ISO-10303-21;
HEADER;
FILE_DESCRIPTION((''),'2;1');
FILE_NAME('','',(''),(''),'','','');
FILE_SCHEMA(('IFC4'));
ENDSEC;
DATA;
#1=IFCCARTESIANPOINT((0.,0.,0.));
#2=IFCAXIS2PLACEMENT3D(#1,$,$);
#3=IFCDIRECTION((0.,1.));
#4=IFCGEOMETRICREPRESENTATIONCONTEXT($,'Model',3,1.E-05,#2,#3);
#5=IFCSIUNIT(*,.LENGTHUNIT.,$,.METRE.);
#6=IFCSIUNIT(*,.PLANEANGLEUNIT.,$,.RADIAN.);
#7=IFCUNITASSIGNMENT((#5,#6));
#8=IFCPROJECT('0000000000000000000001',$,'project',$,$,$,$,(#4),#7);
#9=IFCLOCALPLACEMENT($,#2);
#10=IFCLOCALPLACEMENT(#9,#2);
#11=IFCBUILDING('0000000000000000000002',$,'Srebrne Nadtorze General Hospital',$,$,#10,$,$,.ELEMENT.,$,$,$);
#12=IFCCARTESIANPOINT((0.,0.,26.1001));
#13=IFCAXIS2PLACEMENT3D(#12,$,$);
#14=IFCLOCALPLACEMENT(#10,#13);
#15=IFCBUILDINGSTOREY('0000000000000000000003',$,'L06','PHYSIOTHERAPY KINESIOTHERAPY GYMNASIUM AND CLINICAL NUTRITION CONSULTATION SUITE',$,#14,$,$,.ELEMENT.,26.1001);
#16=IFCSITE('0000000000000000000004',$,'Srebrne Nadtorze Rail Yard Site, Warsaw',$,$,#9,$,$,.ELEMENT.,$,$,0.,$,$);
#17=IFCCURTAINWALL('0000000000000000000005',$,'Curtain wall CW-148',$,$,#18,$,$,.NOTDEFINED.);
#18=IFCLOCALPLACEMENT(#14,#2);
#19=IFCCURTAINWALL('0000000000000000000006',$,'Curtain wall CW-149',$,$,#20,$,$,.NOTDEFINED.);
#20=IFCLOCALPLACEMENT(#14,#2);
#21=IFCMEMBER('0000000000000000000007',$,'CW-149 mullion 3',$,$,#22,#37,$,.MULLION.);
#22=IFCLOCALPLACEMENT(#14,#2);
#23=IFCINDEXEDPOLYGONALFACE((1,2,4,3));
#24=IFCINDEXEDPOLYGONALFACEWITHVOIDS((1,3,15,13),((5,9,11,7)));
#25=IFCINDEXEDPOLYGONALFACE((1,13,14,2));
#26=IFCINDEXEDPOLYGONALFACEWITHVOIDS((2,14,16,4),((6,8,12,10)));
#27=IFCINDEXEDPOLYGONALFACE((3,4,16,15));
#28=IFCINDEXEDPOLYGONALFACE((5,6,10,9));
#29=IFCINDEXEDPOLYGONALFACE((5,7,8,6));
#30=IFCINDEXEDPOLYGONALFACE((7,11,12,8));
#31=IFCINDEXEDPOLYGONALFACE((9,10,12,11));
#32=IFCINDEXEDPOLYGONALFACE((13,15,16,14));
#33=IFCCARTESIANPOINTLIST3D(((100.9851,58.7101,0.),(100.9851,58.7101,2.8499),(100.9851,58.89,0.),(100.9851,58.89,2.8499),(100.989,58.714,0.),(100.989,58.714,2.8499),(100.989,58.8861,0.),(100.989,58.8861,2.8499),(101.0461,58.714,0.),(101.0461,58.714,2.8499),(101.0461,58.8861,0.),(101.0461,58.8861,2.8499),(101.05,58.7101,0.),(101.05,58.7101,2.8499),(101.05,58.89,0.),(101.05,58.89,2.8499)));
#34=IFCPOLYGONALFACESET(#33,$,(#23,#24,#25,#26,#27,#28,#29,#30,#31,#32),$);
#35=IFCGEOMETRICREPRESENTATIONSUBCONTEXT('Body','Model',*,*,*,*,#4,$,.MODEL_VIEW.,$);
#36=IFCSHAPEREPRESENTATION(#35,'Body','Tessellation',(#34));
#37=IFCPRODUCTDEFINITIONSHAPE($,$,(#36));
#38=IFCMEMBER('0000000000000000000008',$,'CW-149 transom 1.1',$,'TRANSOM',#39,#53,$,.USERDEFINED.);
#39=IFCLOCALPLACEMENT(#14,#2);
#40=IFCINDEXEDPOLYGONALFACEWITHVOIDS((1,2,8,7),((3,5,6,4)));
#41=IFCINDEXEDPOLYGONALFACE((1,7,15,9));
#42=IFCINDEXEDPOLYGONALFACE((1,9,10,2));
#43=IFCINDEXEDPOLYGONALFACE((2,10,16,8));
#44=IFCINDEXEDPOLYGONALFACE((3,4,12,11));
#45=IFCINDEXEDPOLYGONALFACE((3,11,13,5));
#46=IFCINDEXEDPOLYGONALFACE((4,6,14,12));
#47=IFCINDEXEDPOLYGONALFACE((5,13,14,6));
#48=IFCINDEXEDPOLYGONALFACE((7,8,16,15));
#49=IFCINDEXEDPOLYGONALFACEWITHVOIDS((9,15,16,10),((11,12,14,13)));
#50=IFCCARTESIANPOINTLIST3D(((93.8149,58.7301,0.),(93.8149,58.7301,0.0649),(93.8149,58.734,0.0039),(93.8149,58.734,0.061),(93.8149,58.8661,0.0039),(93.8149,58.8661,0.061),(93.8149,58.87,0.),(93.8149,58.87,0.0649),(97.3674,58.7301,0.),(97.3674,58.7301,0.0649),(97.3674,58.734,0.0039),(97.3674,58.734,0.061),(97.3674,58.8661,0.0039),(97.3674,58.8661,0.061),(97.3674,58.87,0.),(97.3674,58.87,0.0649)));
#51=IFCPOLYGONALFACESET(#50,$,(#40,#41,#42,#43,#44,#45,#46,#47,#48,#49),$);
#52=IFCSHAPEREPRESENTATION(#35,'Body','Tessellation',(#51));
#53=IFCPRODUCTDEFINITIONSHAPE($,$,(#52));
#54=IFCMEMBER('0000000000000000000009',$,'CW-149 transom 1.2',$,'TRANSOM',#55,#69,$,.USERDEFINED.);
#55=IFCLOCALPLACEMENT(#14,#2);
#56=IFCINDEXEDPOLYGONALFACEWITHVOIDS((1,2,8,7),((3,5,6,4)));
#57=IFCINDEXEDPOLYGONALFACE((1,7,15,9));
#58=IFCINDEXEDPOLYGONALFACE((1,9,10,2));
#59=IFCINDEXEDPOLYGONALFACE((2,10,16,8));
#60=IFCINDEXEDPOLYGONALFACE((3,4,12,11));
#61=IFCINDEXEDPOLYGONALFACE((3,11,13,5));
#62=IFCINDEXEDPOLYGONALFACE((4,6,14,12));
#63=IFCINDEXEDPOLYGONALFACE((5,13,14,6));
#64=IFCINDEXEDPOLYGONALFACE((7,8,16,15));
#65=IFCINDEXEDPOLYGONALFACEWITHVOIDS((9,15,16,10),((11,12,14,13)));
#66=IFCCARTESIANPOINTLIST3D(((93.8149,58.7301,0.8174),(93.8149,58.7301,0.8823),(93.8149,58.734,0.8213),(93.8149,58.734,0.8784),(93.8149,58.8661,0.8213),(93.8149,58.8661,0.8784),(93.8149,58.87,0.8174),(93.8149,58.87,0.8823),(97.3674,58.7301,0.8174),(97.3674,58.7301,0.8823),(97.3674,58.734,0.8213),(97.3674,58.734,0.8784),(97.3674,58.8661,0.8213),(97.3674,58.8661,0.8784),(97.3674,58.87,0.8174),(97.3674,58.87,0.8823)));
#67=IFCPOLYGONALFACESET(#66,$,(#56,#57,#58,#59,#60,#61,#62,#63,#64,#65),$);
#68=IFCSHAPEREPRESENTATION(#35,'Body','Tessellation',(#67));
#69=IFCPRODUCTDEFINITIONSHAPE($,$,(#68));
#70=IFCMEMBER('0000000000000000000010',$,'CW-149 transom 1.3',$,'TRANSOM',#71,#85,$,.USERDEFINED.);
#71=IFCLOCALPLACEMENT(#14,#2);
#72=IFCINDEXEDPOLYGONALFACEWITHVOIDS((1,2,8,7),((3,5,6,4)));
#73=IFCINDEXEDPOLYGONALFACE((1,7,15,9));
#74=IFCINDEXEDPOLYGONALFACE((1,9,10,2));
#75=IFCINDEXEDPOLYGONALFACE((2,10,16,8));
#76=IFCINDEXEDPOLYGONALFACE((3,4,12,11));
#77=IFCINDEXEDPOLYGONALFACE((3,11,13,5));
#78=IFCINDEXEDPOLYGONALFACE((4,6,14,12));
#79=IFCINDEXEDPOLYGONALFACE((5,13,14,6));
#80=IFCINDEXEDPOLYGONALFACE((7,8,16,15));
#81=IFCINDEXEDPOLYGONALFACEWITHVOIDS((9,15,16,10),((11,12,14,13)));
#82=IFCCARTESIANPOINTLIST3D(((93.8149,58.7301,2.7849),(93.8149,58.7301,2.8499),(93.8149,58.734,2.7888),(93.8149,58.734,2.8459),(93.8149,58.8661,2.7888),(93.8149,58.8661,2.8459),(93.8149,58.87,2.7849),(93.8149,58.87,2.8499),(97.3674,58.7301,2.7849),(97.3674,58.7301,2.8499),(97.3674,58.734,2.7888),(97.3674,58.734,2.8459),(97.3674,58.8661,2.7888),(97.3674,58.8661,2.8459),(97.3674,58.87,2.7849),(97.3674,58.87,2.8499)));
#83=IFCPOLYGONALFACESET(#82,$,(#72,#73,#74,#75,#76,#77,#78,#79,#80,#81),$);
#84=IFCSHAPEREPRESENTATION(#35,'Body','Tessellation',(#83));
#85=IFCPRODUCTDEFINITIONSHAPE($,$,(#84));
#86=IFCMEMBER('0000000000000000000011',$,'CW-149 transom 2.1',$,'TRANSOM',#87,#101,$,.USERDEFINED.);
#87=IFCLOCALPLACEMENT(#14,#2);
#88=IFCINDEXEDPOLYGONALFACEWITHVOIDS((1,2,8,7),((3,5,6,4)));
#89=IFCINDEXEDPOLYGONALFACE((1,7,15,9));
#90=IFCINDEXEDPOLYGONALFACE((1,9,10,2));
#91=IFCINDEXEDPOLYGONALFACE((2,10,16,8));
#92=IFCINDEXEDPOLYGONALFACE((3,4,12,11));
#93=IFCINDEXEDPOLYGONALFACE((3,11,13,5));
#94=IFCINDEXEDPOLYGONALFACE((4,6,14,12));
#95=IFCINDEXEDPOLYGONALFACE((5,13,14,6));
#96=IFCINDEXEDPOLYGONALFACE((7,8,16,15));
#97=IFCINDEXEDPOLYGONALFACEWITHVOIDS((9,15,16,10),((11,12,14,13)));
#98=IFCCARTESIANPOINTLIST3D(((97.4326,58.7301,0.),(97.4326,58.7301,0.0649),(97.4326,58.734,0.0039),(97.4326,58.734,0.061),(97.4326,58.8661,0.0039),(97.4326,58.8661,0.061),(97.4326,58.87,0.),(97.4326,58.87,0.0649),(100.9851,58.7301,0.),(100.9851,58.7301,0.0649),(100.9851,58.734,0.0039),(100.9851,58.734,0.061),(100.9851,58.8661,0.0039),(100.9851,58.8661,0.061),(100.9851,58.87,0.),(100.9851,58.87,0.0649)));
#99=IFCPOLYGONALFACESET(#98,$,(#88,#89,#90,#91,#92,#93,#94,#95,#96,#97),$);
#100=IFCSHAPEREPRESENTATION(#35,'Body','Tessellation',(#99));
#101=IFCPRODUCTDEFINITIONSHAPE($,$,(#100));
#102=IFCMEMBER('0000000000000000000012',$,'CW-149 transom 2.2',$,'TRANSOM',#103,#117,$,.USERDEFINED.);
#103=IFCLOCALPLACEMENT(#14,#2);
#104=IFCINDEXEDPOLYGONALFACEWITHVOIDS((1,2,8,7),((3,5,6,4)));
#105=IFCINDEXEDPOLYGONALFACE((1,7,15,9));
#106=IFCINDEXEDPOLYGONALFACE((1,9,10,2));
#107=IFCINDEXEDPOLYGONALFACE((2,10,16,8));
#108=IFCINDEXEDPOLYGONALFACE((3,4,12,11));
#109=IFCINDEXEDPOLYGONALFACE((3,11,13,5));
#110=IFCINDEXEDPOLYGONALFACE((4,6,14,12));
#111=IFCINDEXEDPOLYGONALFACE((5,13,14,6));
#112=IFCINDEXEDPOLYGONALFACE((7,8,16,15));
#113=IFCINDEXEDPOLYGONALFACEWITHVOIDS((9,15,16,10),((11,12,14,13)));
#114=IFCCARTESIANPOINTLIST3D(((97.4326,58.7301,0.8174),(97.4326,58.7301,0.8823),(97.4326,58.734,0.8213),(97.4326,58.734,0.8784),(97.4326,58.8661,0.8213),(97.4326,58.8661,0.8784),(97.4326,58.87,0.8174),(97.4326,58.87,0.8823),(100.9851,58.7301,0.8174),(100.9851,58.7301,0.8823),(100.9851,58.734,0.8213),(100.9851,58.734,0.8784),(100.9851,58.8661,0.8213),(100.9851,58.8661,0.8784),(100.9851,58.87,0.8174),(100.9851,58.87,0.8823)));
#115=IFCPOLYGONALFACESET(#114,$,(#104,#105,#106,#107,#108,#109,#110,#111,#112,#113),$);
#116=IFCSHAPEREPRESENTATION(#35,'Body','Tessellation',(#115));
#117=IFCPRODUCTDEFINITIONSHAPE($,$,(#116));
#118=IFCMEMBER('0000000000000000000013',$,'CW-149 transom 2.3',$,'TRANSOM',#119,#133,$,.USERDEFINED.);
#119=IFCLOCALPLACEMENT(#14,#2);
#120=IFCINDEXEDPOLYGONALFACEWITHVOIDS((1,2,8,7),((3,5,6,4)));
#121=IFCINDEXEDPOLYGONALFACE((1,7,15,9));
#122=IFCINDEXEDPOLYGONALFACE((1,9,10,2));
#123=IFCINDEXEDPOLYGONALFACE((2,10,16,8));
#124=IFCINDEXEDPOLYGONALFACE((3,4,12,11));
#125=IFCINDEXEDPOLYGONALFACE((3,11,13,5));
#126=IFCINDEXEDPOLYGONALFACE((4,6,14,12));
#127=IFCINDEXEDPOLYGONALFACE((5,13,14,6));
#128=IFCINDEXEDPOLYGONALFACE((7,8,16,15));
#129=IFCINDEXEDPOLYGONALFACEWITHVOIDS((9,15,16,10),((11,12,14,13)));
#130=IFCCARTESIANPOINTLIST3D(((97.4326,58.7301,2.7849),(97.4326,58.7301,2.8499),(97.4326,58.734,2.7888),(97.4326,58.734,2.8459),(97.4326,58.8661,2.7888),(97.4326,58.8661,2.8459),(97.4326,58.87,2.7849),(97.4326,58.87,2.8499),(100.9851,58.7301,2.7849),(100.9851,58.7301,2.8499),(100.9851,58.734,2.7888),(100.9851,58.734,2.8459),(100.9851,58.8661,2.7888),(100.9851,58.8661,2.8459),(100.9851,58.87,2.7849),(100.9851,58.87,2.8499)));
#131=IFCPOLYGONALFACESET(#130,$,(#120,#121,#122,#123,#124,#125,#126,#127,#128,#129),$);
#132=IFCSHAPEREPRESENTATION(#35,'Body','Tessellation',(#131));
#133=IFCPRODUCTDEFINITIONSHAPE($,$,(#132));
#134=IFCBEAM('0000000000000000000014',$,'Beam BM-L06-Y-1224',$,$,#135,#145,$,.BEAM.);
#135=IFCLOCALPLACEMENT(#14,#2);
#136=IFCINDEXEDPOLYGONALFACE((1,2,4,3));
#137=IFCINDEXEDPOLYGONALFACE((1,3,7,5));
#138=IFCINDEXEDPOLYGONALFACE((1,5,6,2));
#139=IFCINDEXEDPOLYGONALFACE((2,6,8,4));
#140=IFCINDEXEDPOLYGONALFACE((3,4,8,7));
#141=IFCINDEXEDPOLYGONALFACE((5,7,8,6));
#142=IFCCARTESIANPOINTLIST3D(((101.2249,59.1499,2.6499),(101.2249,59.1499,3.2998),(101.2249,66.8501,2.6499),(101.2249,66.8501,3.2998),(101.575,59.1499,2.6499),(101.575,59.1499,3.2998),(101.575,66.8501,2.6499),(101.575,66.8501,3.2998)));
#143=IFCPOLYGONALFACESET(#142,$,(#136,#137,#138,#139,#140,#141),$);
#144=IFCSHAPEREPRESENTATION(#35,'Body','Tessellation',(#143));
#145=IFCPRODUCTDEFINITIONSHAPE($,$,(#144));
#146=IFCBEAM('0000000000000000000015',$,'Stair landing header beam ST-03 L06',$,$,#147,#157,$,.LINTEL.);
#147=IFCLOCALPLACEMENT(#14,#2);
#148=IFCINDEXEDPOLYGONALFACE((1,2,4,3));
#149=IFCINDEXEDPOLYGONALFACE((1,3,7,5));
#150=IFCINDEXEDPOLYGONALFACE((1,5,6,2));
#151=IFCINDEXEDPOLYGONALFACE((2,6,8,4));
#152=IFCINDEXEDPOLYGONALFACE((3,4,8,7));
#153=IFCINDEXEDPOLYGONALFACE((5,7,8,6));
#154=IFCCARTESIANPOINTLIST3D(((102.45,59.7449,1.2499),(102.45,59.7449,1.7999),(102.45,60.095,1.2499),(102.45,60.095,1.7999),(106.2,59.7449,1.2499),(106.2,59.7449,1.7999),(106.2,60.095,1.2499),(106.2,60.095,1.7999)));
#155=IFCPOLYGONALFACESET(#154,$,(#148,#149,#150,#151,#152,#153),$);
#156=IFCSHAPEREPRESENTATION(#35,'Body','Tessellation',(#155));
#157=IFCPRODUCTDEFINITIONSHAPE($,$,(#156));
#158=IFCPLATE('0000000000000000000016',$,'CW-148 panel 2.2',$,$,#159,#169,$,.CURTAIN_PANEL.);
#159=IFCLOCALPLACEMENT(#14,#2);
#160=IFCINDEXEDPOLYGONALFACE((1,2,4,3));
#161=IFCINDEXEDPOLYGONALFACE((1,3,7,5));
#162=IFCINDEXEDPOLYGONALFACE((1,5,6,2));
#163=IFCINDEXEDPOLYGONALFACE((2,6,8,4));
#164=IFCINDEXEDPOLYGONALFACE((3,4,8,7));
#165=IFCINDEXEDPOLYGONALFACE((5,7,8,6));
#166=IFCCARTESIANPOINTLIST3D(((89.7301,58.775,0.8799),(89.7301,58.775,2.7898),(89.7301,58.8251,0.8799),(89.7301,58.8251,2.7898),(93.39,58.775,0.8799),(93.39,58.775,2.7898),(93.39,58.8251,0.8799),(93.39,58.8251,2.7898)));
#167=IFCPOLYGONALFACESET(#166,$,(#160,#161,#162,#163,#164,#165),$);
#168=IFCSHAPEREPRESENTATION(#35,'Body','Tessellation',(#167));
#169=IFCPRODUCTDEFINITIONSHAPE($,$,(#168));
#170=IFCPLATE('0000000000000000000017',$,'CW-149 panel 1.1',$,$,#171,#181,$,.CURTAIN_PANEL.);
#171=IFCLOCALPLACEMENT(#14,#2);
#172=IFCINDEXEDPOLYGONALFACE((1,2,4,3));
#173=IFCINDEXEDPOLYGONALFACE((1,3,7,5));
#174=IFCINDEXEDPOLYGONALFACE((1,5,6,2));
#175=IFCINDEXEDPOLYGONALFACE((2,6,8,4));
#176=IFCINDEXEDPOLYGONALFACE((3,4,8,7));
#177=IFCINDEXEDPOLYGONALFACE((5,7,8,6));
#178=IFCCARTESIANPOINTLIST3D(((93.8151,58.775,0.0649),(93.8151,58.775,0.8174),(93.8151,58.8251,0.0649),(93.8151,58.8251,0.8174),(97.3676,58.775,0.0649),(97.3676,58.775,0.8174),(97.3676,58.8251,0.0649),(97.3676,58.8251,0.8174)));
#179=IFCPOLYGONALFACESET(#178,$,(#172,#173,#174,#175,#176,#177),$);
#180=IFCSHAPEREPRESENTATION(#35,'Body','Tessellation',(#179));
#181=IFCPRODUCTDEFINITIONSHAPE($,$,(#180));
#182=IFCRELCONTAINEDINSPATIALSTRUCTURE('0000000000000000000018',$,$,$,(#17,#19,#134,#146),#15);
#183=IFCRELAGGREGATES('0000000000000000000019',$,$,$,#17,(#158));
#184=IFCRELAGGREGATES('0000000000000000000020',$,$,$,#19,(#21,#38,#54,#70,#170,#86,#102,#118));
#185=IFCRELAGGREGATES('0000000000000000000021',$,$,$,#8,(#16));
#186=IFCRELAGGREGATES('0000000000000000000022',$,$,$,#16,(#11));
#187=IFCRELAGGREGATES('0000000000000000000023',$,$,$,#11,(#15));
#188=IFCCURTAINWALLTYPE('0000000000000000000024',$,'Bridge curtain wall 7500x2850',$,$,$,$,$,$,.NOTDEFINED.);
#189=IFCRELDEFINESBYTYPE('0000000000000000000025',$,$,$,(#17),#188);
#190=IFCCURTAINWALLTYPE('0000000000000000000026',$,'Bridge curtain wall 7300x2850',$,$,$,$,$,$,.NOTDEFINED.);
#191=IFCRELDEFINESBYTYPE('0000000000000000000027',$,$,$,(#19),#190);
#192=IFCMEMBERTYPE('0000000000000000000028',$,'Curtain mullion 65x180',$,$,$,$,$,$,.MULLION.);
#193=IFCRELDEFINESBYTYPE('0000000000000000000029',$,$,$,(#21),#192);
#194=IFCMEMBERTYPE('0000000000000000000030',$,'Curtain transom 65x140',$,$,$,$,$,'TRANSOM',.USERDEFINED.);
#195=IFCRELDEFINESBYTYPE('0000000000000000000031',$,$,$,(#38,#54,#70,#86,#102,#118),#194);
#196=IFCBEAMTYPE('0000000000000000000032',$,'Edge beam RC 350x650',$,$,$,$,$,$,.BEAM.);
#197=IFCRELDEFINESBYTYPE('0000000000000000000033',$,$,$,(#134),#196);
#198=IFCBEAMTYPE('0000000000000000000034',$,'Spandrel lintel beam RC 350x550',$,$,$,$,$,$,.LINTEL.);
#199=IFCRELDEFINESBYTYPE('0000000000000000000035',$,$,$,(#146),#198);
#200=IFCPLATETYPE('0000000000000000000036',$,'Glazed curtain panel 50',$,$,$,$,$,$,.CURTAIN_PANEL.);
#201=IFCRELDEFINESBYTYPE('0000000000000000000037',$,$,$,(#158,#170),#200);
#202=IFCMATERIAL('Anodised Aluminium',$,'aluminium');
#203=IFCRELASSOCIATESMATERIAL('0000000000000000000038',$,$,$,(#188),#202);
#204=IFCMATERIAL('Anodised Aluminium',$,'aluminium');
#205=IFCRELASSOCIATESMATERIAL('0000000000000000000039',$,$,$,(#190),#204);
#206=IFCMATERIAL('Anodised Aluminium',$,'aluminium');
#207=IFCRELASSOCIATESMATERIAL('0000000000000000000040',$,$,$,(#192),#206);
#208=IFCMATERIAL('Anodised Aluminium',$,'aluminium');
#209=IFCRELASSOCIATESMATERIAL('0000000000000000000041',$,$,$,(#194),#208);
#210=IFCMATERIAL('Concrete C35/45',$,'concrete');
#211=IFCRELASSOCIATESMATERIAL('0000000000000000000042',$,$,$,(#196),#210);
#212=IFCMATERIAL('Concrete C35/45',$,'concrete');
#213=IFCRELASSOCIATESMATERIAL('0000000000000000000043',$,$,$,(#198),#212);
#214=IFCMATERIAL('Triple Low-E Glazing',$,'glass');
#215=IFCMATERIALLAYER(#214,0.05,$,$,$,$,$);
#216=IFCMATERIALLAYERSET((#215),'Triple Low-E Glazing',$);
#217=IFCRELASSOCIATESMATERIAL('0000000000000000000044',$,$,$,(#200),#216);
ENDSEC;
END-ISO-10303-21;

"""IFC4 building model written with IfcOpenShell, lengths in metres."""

from ifc_helpers import new_model, si_unit, direction, frame, origin, origin_2d, place, context, subcontext, project, spatial, rectangle, hollow_rectangle, extrude, material, layer, layer_set, material_profile, profile_set, type_object, element, aggregate, save


model = new_model("IFC4")

# Units and contexts
model_context = context("Model", 3, precision=1e-05, world=origin(), true_north=direction((0.0, 1.0)))
body_context = subcontext(model_context, "Body", "Model", "MODEL_VIEW")
ifc_project = project(units=[si_unit("LENGTHUNIT", "METRE"), si_unit("PLANEANGLEUNIT", "RADIAN")], contexts=[model_context])

# Site, building, storey
site_placement = place(None, origin())
site = spatial("IfcSite", under=ifc_project, at=site_placement, Name="Srebrne Nadtorze Rail Yard Site, Warsaw", CompositionType="ELEMENT", RefElevation=0.0)
building_placement = place(site_placement, origin())
building = spatial("IfcBuilding", under=site, at=building_placement, Name="Srebrne Nadtorze General Hospital", CompositionType="ELEMENT")
storey_placement = place(building_placement, frame((0.0, 0.0, 26.1001)))
storey = spatial("IfcBuildingStorey", under=building, at=storey_placement, Name="L06", Description="PHYSIOTHERAPY KINESIOTHERAPY GYMNASIUM AND CLINICAL NUTRITION CONSULTATION SUITE", CompositionType="ELEMENT", Elevation=26.1001)

# Curtain wall
ifc_material_1 = material(Name="Anodised Aluminium", Category="aluminium")
curtain_wall_type_1 = type_object("IfcCurtainWallType", Name="Bridge curtain wall 7500x2850", PredefinedType="NOTDEFINED", material=ifc_material_1)
curtain_wall_1_placement = place(storey_placement, origin())
curtain_wall_1 = element("IfcCurtainWall", 1, at=curtain_wall_1_placement, inside=storey, type_object=curtain_wall_type_1, Name="Curtain wall CW-148", PredefinedType="NOTDEFINED")

# Curtain wall, members
ifc_material_2 = material(Name="Anodised Aluminium", Category="aluminium")
curtain_wall_type_2 = type_object("IfcCurtainWallType", Name="Bridge curtain wall 7300x2850", PredefinedType="NOTDEFINED", material=ifc_material_2)
curtain_wall_2_placement = place(storey_placement, origin())
curtain_wall_2 = element("IfcCurtainWall", 2, at=curtain_wall_2_placement, inside=storey, type_object=curtain_wall_type_2, Name="Curtain wall CW-149", PredefinedType="NOTDEFINED")
ifc_material_3 = material(Name="Anodised Aluminium", Category="aluminium")
ifc_material_profile_1 = material_profile(ifc_material_3, hollow_rectangle(XDim=0.0649, YDim=0.1799, WallThickness=0.0039, at=origin_2d()), Name="AL-MUL-65x180")
ifc_profile_set_1 = profile_set([ifc_material_profile_1], Name="Anodised Aluminium")
member_type_1 = type_object("IfcMemberType", Name="Curtain mullion 65x180", PredefinedType="MULLION", material=ifc_profile_set_1)
member_1_placement = place(storey_placement, frame((101.0176, 58.8, 0.0), z_axis=(0.0, 0.0, 1.0), x_axis=(1.0, 0.0, 0.0)))
member_1 = element("IfcMember", 3, at=member_1_placement, type_object=member_type_1, Name="CW-149 mullion 3", PredefinedType="MULLION", context=body_context, shape_type="SweptSolid", body=[
    extrude(hollow_rectangle(XDim=0.0649, YDim=0.1799, WallThickness=0.0039, at=origin_2d()), origin(), (0.0, 0.0, 1.0), 2.8499),
])
ifc_material_4 = material(Name="Anodised Aluminium", Category="aluminium")
ifc_material_profile_2 = material_profile(ifc_material_4, hollow_rectangle(XDim=0.0649, YDim=0.1399, WallThickness=0.0039, at=origin_2d()), Name="AL-TRN-65x140")
ifc_profile_set_2 = profile_set([ifc_material_profile_2], Name="Anodised Aluminium")
member_type_2 = type_object("IfcMemberType", Name="Curtain transom 65x140", ElementType="TRANSOM", PredefinedType="USERDEFINED", material=ifc_profile_set_2)
member_2_placement = place(storey_placement, frame((93.8149, 58.8, 0.0325), z_axis=(1.0, 0.0, 0.0), x_axis=(0.0, 0.0, 1.0)))
member_2 = element("IfcMember", 4, at=member_2_placement, type_object=member_type_2, Name="CW-149 transom 1.1", ObjectType="TRANSOM", PredefinedType="USERDEFINED", context=body_context, shape_type="SweptSolid", body=[
    extrude(hollow_rectangle(XDim=0.0649, YDim=0.1399, WallThickness=0.0039, at=origin_2d()), origin(), (0.0, 0.0, 1.0), 3.5525),
])
member_3_placement = place(storey_placement, frame((93.8149, 58.8, 0.8499), z_axis=(1.0, 0.0, 0.0), x_axis=(0.0, 0.0, 1.0)))
member_3 = element("IfcMember", 5, at=member_3_placement, type_object=member_type_2, Name="CW-149 transom 1.2", ObjectType="TRANSOM", PredefinedType="USERDEFINED", context=body_context, shape_type="SweptSolid", body=[
    extrude(hollow_rectangle(XDim=0.0649, YDim=0.1399, WallThickness=0.0039, at=origin_2d()), origin(), (0.0, 0.0, 1.0), 3.5525),
])
member_4_placement = place(storey_placement, frame((93.8149, 58.8, 2.8174), z_axis=(1.0, 0.0, 0.0), x_axis=(0.0, 0.0, 1.0)))
member_4 = element("IfcMember", 6, at=member_4_placement, type_object=member_type_2, Name="CW-149 transom 1.3", ObjectType="TRANSOM", PredefinedType="USERDEFINED", context=body_context, shape_type="SweptSolid", body=[
    extrude(hollow_rectangle(XDim=0.0649, YDim=0.1399, WallThickness=0.0039, at=origin_2d()), origin(), (0.0, 0.0, 1.0), 3.5525),
])
member_5_placement = place(storey_placement, frame((97.4326, 58.8, 0.0325), z_axis=(1.0, 0.0, 0.0), x_axis=(0.0, 0.0, 1.0)))
member_5 = element("IfcMember", 7, at=member_5_placement, type_object=member_type_2, Name="CW-149 transom 2.1", ObjectType="TRANSOM", PredefinedType="USERDEFINED", context=body_context, shape_type="SweptSolid", body=[
    extrude(hollow_rectangle(XDim=0.0649, YDim=0.1399, WallThickness=0.0039, at=origin_2d()), origin(), (0.0, 0.0, 1.0), 3.5525),
])
member_6_placement = place(storey_placement, frame((97.4326, 58.8, 0.8499), z_axis=(1.0, 0.0, 0.0), x_axis=(0.0, 0.0, 1.0)))
member_6 = element("IfcMember", 8, at=member_6_placement, type_object=member_type_2, Name="CW-149 transom 2.2", ObjectType="TRANSOM", PredefinedType="USERDEFINED", context=body_context, shape_type="SweptSolid", body=[
    extrude(hollow_rectangle(XDim=0.0649, YDim=0.1399, WallThickness=0.0039, at=origin_2d()), origin(), (0.0, 0.0, 1.0), 3.5525),
])
member_7_placement = place(storey_placement, frame((97.4326, 58.8, 2.8174), z_axis=(1.0, 0.0, 0.0), x_axis=(0.0, 0.0, 1.0)))
member_7 = element("IfcMember", 9, at=member_7_placement, type_object=member_type_2, Name="CW-149 transom 2.3", ObjectType="TRANSOM", PredefinedType="USERDEFINED", context=body_context, shape_type="SweptSolid", body=[
    extrude(hollow_rectangle(XDim=0.0649, YDim=0.1399, WallThickness=0.0039, at=origin_2d()), origin(), (0.0, 0.0, 1.0), 3.5525),
])

# Beams
ifc_material_5 = material(Name="Concrete C35/45", Category="concrete")
ifc_material_profile_3 = material_profile(ifc_material_5, rectangle(XDim=0.3501, YDim=0.6499, at=origin_2d()), Name="RC-BM-350x650")
ifc_profile_set_3 = profile_set([ifc_material_profile_3], Name="Concrete C35/45")
beam_type_1 = type_object("IfcBeamType", Name="Edge beam RC 350x650", PredefinedType="BEAM", material=ifc_profile_set_3)
beam_1_placement = place(storey_placement, frame((101.3999, 59.1499, 2.9749), z_axis=(0.0, 1.0, 0.0), x_axis=(-1.0, 0.0, 0.0)))
element("IfcBeam", 10, at=beam_1_placement, inside=storey, type_object=beam_type_1, Name="Beam BM-L06-Y-1224", PredefinedType="BEAM", context=body_context, shape_type="SweptSolid", body=[
    extrude(rectangle(XDim=0.3501, YDim=0.6499, at=origin_2d()), origin(), (0.0, 0.0, 1.0), 7.7002),
])
ifc_material_6 = material(Name="Concrete C35/45", Category="concrete")
ifc_material_profile_4 = material_profile(ifc_material_6, rectangle(XDim=0.3501, YDim=0.55, at=origin_2d()), Name="RC-BM-350x550")
ifc_profile_set_4 = profile_set([ifc_material_profile_4], Name="Concrete C35/45")
beam_type_2 = type_object("IfcBeamType", Name="Spandrel lintel beam RC 350x550", PredefinedType="LINTEL", material=ifc_profile_set_4)
beam_2_placement = place(storey_placement, frame((102.45, 59.9199, 1.5249), z_axis=(1.0, 0.0, 0.0), x_axis=(0.0, 1.0, 0.0)))
element("IfcBeam", 11, at=beam_2_placement, inside=storey, type_object=beam_type_2, Name="Stair landing header beam ST-03 L06", PredefinedType="LINTEL", context=body_context, shape_type="SweptSolid", body=[
    extrude(rectangle(XDim=0.3501, YDim=0.55, at=origin_2d()), origin(), (0.0, 0.0, 1.0), 3.75),
])

# Plates
ifc_material_7 = material(Name="Triple Low-E Glazing", Category="glass")
ifc_layer_1 = layer(ifc_material_7, 0.05)
ifc_layer_set_1 = layer_set([ifc_layer_1], Name="Triple Low-E Glazing")
plate_type = type_object("IfcPlateType", Name="Glazed curtain panel 50", PredefinedType="CURTAIN_PANEL", material=ifc_layer_set_1)
plate_1_placement = place(storey_placement, frame((91.5601, 58.8, 0.8799), z_axis=(0.0, 0.0, 1.0), x_axis=(1.0, 0.0, 0.0)))
plate_1 = element("IfcPlate", 12, at=plate_1_placement, type_object=plate_type, Name="CW-148 panel 2.2", PredefinedType="CURTAIN_PANEL", context=body_context, shape_type="SweptSolid", body=[
    extrude(rectangle(XDim=3.6599, YDim=0.05, at=origin_2d()), origin(), (0.0, 0.0, 1.0), 1.9099),
])
aggregate(curtain_wall_1, [plate_1])
plate_2_placement = place(storey_placement, frame((95.5913, 58.8, 0.0649), z_axis=(0.0, 0.0, 1.0), x_axis=(1.0, 0.0, 0.0)))
plate_2 = element("IfcPlate", 13, at=plate_2_placement, type_object=plate_type, Name="CW-149 panel 1.1", PredefinedType="CURTAIN_PANEL", context=body_context, shape_type="SweptSolid", body=[
    extrude(rectangle(XDim=3.5525, YDim=0.05, at=origin_2d()), origin(), (0.0, 0.0, 1.0), 0.7524),
])
aggregate(curtain_wall_2, [member_1, member_2, member_3, member_4, plate_2, member_5, member_6, member_7])

save(model, "model.ifc")
